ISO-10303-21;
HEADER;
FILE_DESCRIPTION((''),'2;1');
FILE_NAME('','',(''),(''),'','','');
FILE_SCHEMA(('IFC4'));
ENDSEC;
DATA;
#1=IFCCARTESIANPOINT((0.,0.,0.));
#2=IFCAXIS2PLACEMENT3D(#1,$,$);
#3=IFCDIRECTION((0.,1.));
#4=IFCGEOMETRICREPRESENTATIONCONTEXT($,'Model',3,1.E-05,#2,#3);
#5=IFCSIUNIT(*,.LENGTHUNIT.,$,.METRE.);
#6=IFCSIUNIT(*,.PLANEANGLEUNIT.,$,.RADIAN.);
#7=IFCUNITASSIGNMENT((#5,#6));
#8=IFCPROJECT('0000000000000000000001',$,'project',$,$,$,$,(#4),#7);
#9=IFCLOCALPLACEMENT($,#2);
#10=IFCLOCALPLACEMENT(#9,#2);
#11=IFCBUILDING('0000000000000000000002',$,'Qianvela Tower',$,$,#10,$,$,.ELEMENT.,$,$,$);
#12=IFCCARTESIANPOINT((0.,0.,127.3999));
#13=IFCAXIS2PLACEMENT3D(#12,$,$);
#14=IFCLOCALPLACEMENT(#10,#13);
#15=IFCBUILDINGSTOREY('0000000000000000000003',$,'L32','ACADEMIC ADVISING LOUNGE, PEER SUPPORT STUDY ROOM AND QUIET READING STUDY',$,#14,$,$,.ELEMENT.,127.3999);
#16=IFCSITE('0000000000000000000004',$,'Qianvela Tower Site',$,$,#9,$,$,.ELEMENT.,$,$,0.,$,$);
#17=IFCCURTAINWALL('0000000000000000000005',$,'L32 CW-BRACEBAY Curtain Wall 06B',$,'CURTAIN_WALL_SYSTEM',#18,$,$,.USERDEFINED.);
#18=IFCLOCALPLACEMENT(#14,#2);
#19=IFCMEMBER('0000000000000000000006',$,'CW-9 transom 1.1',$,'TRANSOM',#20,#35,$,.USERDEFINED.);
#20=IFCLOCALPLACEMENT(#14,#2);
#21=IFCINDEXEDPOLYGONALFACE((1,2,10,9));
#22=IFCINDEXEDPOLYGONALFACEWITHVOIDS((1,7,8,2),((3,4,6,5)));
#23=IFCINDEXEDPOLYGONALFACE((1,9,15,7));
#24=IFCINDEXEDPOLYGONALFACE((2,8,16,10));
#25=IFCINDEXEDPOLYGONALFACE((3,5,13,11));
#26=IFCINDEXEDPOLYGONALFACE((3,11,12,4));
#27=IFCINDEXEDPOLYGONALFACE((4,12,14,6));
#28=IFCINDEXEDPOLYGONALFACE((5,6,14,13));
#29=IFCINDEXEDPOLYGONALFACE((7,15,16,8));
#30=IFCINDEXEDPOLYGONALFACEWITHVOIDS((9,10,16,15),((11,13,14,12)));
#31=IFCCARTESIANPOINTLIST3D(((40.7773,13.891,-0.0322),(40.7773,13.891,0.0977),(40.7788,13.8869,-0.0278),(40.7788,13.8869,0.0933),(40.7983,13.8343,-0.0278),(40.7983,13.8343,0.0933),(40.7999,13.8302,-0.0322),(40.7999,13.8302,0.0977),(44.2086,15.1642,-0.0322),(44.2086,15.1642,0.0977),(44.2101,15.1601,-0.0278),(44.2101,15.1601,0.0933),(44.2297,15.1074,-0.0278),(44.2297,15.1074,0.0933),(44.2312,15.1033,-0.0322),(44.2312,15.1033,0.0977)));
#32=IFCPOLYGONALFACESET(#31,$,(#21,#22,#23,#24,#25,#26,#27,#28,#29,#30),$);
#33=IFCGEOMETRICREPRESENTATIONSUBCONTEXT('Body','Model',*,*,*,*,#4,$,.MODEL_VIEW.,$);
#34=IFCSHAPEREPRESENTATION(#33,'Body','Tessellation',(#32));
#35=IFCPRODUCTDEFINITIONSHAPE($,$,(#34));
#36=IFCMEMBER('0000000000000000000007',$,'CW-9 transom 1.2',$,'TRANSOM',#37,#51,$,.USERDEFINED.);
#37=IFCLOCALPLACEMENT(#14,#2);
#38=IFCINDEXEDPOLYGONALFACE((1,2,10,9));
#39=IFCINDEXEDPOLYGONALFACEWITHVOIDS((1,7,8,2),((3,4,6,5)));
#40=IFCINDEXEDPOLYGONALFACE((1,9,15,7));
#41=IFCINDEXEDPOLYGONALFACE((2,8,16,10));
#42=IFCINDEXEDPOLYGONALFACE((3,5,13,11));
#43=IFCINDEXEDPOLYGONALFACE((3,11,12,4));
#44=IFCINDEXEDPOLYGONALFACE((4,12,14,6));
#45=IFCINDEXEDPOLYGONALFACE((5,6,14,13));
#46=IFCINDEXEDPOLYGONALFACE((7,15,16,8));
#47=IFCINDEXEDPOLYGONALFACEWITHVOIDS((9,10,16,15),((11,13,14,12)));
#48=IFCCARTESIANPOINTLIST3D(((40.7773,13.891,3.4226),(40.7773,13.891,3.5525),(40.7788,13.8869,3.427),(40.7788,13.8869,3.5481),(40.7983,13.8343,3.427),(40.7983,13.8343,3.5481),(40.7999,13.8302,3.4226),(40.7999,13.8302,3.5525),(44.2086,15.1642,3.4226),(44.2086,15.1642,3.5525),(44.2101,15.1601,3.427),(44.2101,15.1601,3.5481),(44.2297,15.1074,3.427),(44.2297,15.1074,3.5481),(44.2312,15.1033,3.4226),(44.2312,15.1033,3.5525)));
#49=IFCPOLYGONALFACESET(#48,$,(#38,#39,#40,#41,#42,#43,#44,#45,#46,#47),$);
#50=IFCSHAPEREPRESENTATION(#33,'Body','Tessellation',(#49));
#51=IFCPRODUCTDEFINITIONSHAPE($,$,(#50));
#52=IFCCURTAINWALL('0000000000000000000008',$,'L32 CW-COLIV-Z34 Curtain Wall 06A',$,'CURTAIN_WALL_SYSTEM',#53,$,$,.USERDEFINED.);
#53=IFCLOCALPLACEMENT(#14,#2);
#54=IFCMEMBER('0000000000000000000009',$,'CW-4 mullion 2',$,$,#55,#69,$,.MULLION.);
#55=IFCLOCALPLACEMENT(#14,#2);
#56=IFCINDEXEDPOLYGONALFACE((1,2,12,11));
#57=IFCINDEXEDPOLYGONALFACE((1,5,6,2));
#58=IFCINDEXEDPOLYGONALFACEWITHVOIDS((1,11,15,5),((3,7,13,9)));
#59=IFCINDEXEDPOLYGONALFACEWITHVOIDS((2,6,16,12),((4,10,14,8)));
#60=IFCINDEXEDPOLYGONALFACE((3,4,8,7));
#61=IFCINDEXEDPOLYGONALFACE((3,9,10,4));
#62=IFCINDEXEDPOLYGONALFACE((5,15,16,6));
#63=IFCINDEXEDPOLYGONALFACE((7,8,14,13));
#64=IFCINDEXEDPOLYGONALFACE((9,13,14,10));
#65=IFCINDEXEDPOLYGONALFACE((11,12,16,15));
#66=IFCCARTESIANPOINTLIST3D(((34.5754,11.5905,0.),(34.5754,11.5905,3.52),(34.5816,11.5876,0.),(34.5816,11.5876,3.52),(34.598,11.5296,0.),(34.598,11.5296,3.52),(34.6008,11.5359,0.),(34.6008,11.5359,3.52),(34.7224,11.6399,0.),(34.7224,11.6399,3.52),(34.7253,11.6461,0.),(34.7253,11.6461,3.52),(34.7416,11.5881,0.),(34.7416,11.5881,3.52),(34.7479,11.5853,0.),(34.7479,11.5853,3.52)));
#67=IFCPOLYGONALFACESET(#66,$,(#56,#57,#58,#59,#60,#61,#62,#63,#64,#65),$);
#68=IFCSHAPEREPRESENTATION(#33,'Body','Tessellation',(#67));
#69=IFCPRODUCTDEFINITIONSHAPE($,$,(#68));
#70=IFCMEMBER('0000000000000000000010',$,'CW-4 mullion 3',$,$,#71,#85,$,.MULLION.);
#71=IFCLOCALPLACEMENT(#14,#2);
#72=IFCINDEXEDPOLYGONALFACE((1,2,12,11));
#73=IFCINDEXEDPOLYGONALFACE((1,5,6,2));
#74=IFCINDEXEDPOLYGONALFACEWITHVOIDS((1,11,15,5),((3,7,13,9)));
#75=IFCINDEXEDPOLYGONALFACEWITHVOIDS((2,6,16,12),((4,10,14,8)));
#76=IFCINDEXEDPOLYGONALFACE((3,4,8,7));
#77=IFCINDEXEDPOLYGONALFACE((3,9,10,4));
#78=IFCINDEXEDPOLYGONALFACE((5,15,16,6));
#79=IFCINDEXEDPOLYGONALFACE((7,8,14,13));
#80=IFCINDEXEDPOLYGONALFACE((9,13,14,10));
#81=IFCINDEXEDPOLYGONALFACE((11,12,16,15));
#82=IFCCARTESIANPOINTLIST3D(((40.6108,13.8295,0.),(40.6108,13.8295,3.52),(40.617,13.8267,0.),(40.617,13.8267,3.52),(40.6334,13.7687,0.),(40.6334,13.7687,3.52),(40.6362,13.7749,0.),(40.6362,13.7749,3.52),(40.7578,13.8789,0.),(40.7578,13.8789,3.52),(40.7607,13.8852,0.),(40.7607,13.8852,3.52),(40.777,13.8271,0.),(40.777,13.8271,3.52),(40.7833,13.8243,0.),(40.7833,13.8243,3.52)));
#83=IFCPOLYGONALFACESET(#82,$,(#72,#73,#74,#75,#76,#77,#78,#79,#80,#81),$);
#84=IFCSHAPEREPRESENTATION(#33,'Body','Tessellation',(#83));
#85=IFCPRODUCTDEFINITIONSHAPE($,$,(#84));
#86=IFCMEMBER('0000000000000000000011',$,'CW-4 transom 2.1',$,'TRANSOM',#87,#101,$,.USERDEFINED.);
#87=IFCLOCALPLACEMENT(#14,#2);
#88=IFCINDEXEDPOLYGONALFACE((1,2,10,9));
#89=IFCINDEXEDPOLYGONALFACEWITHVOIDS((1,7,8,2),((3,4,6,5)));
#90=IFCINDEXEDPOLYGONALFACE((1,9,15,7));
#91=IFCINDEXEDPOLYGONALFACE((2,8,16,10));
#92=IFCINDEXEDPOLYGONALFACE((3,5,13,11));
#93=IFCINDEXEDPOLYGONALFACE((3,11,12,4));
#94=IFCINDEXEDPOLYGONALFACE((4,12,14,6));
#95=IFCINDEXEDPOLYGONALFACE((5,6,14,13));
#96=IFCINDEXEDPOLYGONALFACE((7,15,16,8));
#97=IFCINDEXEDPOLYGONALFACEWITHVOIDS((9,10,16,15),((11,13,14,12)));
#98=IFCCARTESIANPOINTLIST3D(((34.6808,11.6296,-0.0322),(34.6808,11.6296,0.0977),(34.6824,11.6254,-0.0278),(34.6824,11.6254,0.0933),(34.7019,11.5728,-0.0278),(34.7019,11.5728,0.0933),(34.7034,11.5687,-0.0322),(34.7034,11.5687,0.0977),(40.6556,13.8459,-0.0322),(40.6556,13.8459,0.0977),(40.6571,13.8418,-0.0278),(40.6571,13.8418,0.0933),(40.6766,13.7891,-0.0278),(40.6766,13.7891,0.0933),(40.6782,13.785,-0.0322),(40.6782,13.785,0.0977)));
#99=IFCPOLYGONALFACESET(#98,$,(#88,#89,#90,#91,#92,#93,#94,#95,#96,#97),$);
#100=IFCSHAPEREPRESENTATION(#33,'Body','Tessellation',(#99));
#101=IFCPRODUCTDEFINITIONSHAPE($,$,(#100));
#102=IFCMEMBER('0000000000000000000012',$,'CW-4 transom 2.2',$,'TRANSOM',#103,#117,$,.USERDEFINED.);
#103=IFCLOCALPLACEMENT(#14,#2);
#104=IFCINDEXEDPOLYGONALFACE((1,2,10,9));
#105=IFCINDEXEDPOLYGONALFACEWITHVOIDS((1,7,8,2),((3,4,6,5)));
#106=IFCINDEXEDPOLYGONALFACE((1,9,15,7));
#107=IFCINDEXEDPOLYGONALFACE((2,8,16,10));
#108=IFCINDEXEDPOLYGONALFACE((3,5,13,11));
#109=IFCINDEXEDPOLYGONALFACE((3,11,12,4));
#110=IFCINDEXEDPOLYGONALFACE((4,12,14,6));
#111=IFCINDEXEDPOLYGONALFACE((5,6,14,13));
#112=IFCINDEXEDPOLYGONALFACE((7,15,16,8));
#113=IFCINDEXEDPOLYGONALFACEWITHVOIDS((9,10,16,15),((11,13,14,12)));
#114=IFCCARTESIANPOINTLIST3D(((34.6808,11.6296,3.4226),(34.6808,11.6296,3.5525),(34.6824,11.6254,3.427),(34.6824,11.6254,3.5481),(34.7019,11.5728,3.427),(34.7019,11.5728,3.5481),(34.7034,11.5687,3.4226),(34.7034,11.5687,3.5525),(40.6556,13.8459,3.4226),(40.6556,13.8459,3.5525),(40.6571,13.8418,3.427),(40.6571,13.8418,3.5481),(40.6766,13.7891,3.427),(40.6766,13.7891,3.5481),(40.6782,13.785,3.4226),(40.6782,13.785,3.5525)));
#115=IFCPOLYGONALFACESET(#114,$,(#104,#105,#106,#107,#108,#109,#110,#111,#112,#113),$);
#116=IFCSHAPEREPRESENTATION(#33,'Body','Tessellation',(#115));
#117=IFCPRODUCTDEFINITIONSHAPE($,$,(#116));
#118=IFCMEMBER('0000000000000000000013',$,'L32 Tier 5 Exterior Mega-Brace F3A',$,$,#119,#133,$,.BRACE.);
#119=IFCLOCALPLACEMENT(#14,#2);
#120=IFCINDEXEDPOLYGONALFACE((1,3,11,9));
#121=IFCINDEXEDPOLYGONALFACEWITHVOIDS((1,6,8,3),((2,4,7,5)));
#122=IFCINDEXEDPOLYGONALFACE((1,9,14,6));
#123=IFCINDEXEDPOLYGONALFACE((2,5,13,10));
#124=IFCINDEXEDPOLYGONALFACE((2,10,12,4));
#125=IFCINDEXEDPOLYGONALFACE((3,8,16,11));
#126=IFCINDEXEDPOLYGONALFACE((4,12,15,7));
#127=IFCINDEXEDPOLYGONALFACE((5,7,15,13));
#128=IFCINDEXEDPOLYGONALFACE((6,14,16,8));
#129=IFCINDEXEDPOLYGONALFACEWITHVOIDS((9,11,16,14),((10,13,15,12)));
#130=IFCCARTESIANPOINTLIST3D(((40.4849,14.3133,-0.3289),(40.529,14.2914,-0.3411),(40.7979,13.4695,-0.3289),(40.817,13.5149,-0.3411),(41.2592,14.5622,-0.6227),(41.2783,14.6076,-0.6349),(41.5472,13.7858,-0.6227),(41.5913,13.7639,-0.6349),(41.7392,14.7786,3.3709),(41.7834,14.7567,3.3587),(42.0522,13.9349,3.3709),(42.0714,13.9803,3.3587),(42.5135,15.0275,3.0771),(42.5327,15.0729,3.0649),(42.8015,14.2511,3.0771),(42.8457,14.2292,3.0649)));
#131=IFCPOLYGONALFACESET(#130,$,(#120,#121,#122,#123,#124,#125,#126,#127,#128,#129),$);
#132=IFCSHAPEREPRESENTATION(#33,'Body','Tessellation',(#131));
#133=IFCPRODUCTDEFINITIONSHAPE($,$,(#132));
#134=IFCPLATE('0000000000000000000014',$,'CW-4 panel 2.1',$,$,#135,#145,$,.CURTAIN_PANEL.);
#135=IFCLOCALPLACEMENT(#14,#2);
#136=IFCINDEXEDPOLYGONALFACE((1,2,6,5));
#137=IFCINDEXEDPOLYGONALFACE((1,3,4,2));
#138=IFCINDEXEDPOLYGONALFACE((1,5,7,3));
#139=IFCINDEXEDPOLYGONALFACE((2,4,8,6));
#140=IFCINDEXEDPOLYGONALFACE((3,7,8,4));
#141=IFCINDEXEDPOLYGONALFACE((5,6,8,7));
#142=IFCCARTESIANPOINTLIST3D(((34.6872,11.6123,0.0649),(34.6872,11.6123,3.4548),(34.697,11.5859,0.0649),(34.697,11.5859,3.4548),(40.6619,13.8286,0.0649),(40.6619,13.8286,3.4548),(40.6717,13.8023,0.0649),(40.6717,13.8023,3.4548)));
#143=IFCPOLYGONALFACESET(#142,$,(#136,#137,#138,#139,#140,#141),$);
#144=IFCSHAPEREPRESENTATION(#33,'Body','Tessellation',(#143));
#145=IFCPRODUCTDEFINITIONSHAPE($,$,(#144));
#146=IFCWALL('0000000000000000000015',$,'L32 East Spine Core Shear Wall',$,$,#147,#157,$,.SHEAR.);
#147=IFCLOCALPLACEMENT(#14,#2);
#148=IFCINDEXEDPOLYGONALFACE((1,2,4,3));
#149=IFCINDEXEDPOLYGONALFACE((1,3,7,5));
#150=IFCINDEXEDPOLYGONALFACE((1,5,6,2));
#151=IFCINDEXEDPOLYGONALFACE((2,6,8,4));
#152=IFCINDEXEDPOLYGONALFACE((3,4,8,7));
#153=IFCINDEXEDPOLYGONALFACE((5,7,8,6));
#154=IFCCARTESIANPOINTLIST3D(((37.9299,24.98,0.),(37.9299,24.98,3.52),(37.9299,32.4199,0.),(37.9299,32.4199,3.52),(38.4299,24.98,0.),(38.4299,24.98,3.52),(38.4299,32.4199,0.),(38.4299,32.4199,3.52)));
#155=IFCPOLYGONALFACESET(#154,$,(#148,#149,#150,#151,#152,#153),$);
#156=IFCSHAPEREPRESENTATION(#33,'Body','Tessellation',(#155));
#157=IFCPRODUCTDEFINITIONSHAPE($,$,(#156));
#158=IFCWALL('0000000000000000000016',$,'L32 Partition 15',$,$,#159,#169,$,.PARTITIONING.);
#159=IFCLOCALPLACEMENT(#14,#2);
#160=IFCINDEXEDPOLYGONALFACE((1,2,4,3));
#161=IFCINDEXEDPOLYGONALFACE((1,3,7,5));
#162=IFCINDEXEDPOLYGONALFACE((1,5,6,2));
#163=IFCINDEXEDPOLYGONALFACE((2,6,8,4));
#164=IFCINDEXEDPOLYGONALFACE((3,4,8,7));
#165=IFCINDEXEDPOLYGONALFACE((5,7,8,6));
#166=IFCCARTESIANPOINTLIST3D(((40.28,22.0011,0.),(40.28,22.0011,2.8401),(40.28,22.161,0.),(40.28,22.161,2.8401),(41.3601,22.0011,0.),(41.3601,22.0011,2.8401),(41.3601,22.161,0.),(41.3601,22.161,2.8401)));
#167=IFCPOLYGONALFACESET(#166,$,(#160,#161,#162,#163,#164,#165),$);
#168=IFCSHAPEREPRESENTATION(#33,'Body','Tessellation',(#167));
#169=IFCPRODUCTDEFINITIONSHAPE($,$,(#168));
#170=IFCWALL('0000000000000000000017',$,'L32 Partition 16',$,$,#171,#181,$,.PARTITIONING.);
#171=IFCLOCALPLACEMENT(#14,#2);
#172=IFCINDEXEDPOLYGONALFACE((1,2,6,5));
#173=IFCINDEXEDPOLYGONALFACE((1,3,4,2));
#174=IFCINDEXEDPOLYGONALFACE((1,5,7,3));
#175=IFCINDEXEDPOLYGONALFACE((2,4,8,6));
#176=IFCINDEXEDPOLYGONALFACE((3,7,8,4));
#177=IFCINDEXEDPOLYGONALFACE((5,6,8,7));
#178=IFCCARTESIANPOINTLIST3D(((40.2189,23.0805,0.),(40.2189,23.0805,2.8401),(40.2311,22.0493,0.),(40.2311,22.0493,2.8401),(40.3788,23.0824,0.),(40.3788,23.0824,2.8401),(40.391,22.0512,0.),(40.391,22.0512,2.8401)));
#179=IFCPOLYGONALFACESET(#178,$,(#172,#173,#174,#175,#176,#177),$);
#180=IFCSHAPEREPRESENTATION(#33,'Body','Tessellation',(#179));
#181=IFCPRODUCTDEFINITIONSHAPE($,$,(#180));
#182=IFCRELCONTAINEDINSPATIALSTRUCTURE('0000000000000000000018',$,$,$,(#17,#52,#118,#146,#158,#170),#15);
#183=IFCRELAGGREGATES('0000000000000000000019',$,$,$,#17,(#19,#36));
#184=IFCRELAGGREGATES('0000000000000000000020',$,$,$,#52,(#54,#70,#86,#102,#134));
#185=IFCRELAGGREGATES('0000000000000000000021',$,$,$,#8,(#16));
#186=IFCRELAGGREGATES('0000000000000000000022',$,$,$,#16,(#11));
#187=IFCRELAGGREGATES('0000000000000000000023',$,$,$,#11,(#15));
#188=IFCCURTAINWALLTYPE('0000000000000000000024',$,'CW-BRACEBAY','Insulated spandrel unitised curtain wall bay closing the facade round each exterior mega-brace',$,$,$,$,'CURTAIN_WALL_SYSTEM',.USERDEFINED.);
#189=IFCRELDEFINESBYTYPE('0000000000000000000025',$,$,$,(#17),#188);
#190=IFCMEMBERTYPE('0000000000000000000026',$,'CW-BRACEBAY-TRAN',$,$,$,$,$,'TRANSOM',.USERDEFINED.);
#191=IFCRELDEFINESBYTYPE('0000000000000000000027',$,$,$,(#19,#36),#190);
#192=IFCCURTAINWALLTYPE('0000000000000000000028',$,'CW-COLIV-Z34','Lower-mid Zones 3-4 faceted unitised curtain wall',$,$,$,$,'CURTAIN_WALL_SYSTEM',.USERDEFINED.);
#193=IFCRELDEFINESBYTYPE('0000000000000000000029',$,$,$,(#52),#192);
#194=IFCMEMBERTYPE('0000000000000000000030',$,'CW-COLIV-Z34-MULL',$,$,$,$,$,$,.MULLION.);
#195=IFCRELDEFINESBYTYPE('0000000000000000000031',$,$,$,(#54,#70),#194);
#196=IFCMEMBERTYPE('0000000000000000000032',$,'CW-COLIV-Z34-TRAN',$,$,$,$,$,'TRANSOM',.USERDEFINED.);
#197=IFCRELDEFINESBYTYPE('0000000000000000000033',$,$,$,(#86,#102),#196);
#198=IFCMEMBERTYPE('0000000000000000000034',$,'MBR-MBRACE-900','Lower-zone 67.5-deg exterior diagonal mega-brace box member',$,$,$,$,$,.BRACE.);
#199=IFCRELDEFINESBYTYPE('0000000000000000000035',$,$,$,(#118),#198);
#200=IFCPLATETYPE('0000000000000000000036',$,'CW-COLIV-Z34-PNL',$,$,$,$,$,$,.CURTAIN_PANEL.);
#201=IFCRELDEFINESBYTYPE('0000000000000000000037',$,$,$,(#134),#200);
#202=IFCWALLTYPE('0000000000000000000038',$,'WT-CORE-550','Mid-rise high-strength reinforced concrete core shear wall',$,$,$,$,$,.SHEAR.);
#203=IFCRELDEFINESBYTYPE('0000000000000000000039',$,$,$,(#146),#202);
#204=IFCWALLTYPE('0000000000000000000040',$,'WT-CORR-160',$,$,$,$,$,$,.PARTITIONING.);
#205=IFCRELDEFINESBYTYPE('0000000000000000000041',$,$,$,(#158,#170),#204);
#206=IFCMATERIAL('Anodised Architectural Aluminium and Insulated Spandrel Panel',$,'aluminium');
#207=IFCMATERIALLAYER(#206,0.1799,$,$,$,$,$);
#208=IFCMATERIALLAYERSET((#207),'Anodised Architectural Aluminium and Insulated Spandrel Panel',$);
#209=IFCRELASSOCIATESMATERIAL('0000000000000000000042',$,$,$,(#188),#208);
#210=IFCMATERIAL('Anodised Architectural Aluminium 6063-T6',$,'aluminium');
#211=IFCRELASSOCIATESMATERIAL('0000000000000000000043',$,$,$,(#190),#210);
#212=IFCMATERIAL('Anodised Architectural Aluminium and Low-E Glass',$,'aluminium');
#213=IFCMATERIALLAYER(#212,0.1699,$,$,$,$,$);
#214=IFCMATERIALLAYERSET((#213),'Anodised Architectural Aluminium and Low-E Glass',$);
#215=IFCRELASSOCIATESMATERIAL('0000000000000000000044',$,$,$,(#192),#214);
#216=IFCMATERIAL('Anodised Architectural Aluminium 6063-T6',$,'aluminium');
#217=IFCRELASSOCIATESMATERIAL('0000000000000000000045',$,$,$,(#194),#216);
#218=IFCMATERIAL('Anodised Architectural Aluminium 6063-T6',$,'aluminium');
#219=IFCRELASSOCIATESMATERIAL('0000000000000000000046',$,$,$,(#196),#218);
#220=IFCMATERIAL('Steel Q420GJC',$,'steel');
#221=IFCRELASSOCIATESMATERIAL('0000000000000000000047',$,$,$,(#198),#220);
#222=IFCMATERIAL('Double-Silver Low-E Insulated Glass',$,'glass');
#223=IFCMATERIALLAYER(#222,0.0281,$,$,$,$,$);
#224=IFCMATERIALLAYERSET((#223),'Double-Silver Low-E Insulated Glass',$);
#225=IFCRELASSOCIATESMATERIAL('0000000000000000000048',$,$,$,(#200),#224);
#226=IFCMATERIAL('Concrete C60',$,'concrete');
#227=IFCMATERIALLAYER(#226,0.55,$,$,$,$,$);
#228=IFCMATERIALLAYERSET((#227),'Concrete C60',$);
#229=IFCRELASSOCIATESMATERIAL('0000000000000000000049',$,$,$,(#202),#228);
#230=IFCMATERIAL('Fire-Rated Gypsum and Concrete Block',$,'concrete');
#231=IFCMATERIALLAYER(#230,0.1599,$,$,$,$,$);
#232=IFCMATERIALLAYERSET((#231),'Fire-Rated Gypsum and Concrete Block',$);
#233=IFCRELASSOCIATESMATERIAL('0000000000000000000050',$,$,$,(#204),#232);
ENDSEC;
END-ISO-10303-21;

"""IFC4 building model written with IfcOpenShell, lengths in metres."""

from ifc_helpers import new_model, si_unit, direction, frame, frame_2d, origin, origin_2d, place, context, subcontext, project, spatial, rectangle, hollow_rectangle, extrude, material, layer, layer_set, material_profile, profile_set, type_object, element, aggregate, save


model = new_model("IFC4")

# Units and contexts
model_context = context("Model", 3, precision=1e-05, world=origin(), true_north=direction((0.0, 1.0)))
body_context = subcontext(model_context, "Body", "Model", "MODEL_VIEW")
ifc_project = project(units=[si_unit("LENGTHUNIT", "METRE"), si_unit("PLANEANGLEUNIT", "RADIAN")], contexts=[model_context])

# Site, building, storey
site_placement = place(None, origin())
site = spatial("IfcSite", under=ifc_project, at=site_placement, Name="Qianvela Tower Site", CompositionType="ELEMENT", RefElevation=0.0)
building_placement = place(site_placement, origin())
building = spatial("IfcBuilding", under=site, at=building_placement, Name="Qianvela Tower", CompositionType="ELEMENT")
storey_placement = place(building_placement, frame((0.0, 0.0, 127.3999)))
storey = spatial("IfcBuildingStorey", under=building, at=storey_placement, Name="L32", Description="ACADEMIC ADVISING LOUNGE, PEER SUPPORT STUDY ROOM AND QUIET READING STUDY", CompositionType="ELEMENT", Elevation=127.3999)

# Curtain walls, members
ifc_material_1 = material(Name="Anodised Architectural Aluminium and Insulated Spandrel Panel", Category="aluminium")
ifc_layer_1 = layer(ifc_material_1, 0.1799)
ifc_layer_set_1 = layer_set([ifc_layer_1], Name="Anodised Architectural Aluminium and Insulated Spandrel Panel")
curtain_wall_type_1 = type_object("IfcCurtainWallType", Name="CW-BRACEBAY", Description="Insulated spandrel unitised curtain wall bay closing the facade round each exterior mega-brace", ElementType="CURTAIN_WALL_SYSTEM", PredefinedType="USERDEFINED", material=ifc_layer_set_1)
curtain_wall_1_placement = place(storey_placement, origin())
curtain_wall_1 = element("IfcCurtainWall", 1, at=curtain_wall_1_placement, inside=storey, type_object=curtain_wall_type_1, Name="L32 CW-BRACEBAY Curtain Wall 06B", ObjectType="CURTAIN_WALL_SYSTEM", PredefinedType="USERDEFINED")
ifc_material_2 = material(Name="Anodised Architectural Aluminium 6063-T6", Category="aluminium")
ifc_material_profile_1 = material_profile(ifc_material_2, hollow_rectangle(XDim=0.0649, YDim=0.1299, WallThickness=0.0044, at=origin_2d()), Name="ALU-TRAN-65x130")
ifc_profile_set_1 = profile_set([ifc_material_profile_1], Name="Anodised Architectural Aluminium 6063-T6")
member_type_1 = type_object("IfcMemberType", Name="CW-BRACEBAY-TRAN", ElementType="TRANSOM", PredefinedType="USERDEFINED", material=ifc_profile_set_1)
member_1_placement = place(storey_placement, frame((40.7886, 13.8606, 0.0327), z_axis=(0.937543, 0.347868, 0.0), x_axis=(-0.347868, 0.937543, 0.0)))
member_1 = element("IfcMember", 2, at=member_1_placement, type_object=member_type_1, Name="CW-9 transom 1.1", ObjectType="TRANSOM", PredefinedType="USERDEFINED", context=body_context, shape_type="SweptSolid", body=[
    extrude(hollow_rectangle(XDim=0.0649, YDim=0.1299, WallThickness=0.0044, at=origin_2d()), origin(), (0.0, 0.0, 1.0), 3.6599),
])
member_2_placement = place(storey_placement, frame((40.7886, 13.8606, 3.4875), z_axis=(0.937543, 0.347868, 0.0), x_axis=(-0.347868, 0.937543, 0.0)))
member_2 = element("IfcMember", 3, at=member_2_placement, type_object=member_type_1, Name="CW-9 transom 1.2", ObjectType="TRANSOM", PredefinedType="USERDEFINED", context=body_context, shape_type="SweptSolid", body=[
    extrude(hollow_rectangle(XDim=0.0649, YDim=0.1299, WallThickness=0.0044, at=origin_2d()), origin(), (0.0, 0.0, 1.0), 3.6599),
])
aggregate(curtain_wall_1, [member_1, member_2])
ifc_material_3 = material(Name="Anodised Architectural Aluminium and Low-E Glass", Category="aluminium")
ifc_layer_2 = layer(ifc_material_3, 0.1699)
ifc_layer_set_2 = layer_set([ifc_layer_2], Name="Anodised Architectural Aluminium and Low-E Glass")
curtain_wall_type_2 = type_object("IfcCurtainWallType", Name="CW-COLIV-Z34", Description="Lower-mid Zones 3-4 faceted unitised curtain wall", ElementType="CURTAIN_WALL_SYSTEM", PredefinedType="USERDEFINED", material=ifc_layer_set_2)
curtain_wall_2_placement = place(storey_placement, origin())
curtain_wall_2 = element("IfcCurtainWall", 4, at=curtain_wall_2_placement, inside=storey, type_object=curtain_wall_type_2, Name="L32 CW-COLIV-Z34 Curtain Wall 06A", ObjectType="CURTAIN_WALL_SYSTEM", PredefinedType="USERDEFINED")
ifc_material_4 = material(Name="Anodised Architectural Aluminium 6063-T6", Category="aluminium")
ifc_material_profile_2 = material_profile(ifc_material_4, hollow_rectangle(XDim=0.0649, YDim=0.1599, WallThickness=0.0049, at=origin_2d()), Name="ALU-MULL-65x160")
ifc_profile_set_2 = profile_set([ifc_material_profile_2], Name="Anodised Architectural Aluminium 6063-T6")
member_type_2 = type_object("IfcMemberType", Name="CW-COLIV-Z34-MULL", PredefinedType="MULLION", material=ifc_profile_set_2)
member_3_placement = place(storey_placement, frame((34.6616, 11.5879, 0.0), z_axis=(0.0, 0.0, 1.0), x_axis=(-0.347799, 0.937569, 0.0)))
member_3 = element("IfcMember", 5, at=member_3_placement, type_object=member_type_2, Name="CW-4 mullion 2", PredefinedType="MULLION", context=body_context, shape_type="SweptSolid", body=[
    extrude(hollow_rectangle(XDim=0.0649, YDim=0.1599, WallThickness=0.0049, at=origin_2d()), origin(), (0.0, 0.0, 1.0), 3.52),
])
member_4_placement = place(storey_placement, frame((40.697, 13.8269, 0.0), z_axis=(0.0, 0.0, 1.0), x_axis=(-0.347799, 0.937569, 0.0)))
member_4 = element("IfcMember", 6, at=member_4_placement, type_object=member_type_2, Name="CW-4 mullion 3", PredefinedType="MULLION", context=body_context, shape_type="SweptSolid", body=[
    extrude(hollow_rectangle(XDim=0.0649, YDim=0.1599, WallThickness=0.0049, at=origin_2d()), origin(), (0.0, 0.0, 1.0), 3.52),
])
ifc_material_5 = material(Name="Anodised Architectural Aluminium 6063-T6", Category="aluminium")
ifc_material_profile_3 = material_profile(ifc_material_5, hollow_rectangle(XDim=0.0649, YDim=0.1299, WallThickness=0.0044, at=origin_2d()), Name="ALU-TRAN-65x130")
ifc_profile_set_3 = profile_set([ifc_material_profile_3], Name="Anodised Architectural Aluminium 6063-T6")
member_type_3 = type_object("IfcMemberType", Name="CW-COLIV-Z34-TRAN", ElementType="TRANSOM", PredefinedType="USERDEFINED", material=ifc_profile_set_3)
member_5_placement = place(storey_placement, frame((34.6921, 11.5991, 0.0327), z_axis=(0.93757, 0.347796, 0.0), x_axis=(-0.347796, 0.93757, 0.0)))
member_5 = element("IfcMember", 7, at=member_5_placement, type_object=member_type_3, Name="CW-4 transom 2.1", ObjectType="TRANSOM", PredefinedType="USERDEFINED", context=body_context, shape_type="SweptSolid", body=[
    extrude(hollow_rectangle(XDim=0.0649, YDim=0.1299, WallThickness=0.0044, at=origin_2d()), origin(), (0.0, 0.0, 1.0), 6.3726),
])
member_6_placement = place(storey_placement, frame((34.6921, 11.5991, 3.4875), z_axis=(0.93757, 0.347796, 0.0), x_axis=(-0.347796, 0.93757, 0.0)))
member_6 = element("IfcMember", 8, at=member_6_placement, type_object=member_type_3, Name="CW-4 transom 2.2", ObjectType="TRANSOM", PredefinedType="USERDEFINED", context=body_context, shape_type="SweptSolid", body=[
    extrude(hollow_rectangle(XDim=0.0649, YDim=0.1299, WallThickness=0.0044, at=origin_2d()), origin(), (0.0, 0.0, 1.0), 6.3726),
])

# Member
ifc_material_6 = material(Name="Steel Q420GJC", Category="steel")
ifc_material_profile_4 = material_profile(ifc_material_6, hollow_rectangle(XDim=0.8999, YDim=0.8999, WallThickness=0.0359, at=origin_2d()), Name="MBOX-900x900x36")
ifc_profile_set_4 = profile_set([ifc_material_profile_4], Name="Steel Q420GJC")
member_type_4 = type_object("IfcMemberType", Name="MBR-MBRACE-900", Description="Lower-zone 67.5-deg exterior diagonal mega-brace box member", PredefinedType="BRACE", material=ifc_profile_set_4)
member_7_placement = place(storey_placement, frame((41.0381, 14.0386, -0.4819), z_axis=(0.318826, 0.118272, 0.940405), x_axis=(-0.347802, 0.937568, 0.0)))
element("IfcMember", 9, at=member_7_placement, inside=storey, type_object=member_type_4, Name="L32 Tier 5 Exterior Mega-Brace F3A", PredefinedType="BRACE", context=body_context, shape_type="SweptSolid", body=[
    extrude(hollow_rectangle(XDim=0.8999, YDim=0.8999, WallThickness=0.0359, at=origin_2d()), origin(), (0.0, 0.0, 1.0), 3.9343),
])

# Plate
ifc_material_7 = material(Name="Double-Silver Low-E Insulated Glass", Category="glass")
ifc_layer_3 = layer(ifc_material_7, 0.0281)
ifc_layer_set_3 = layer_set([ifc_layer_3], Name="Double-Silver Low-E Insulated Glass")
plate_type = type_object("IfcPlateType", Name="CW-COLIV-Z34-PNL", PredefinedType="CURTAIN_PANEL", material=ifc_layer_set_3)
plate_placement = place(storey_placement, frame((37.6794, 12.7073, 0.0649), z_axis=(0.0, 0.0, 1.0), x_axis=(0.937569, 0.347799, 0.0)))
plate = element("IfcPlate", 10, at=plate_placement, type_object=plate_type, Name="CW-4 panel 2.1", PredefinedType="CURTAIN_PANEL", context=body_context, shape_type="SweptSolid", body=[
    extrude(rectangle(XDim=6.3726, YDim=0.0281, at=origin_2d()), origin(), (0.0, 0.0, 1.0), 3.3899),
])
aggregate(curtain_wall_2, [member_3, member_4, member_5, member_6, plate])

# Walls
ifc_material_8 = material(Name="Concrete C60", Category="concrete")
ifc_layer_4 = layer(ifc_material_8, 0.55)
ifc_layer_set_4 = layer_set([ifc_layer_4], Name="Concrete C60")
wall_type_1 = type_object("IfcWallType", Name="WT-CORE-550", Description="Mid-rise high-strength reinforced concrete core shear wall", PredefinedType="SHEAR", material=ifc_layer_set_4)
wall_1_placement = place(storey_placement, frame((38.1799, 24.98, 0.0), z_axis=(0.0, 0.0, 1.0), x_axis=(0.0, 1.0, 0.0)))
element("IfcWall", 11, at=wall_1_placement, inside=storey, type_object=wall_type_1, Name="L32 East Spine Core Shear Wall", PredefinedType="SHEAR", context=body_context, shape_type="SweptSolid", body=[
    extrude(rectangle(XDim=7.4399, YDim=0.5, at=frame_2d((3.72, 0.0))), origin(), (0.0, 0.0, 1.0), 3.52),
])
ifc_material_9 = material(Name="Fire-Rated Gypsum and Concrete Block", Category="concrete")
ifc_layer_5 = layer(ifc_material_9, 0.1599)
ifc_layer_set_5 = layer_set([ifc_layer_5], Name="Fire-Rated Gypsum and Concrete Block")
wall_type_2 = type_object("IfcWallType", Name="WT-CORR-160", PredefinedType="PARTITIONING", material=ifc_layer_set_5)
wall_2_placement = place(storey_placement, frame((41.3601, 22.0811, 0.0), z_axis=(0.0, 0.0, 1.0), x_axis=(-1.0, 0.0, 0.0)))
element("IfcWall", 12, at=wall_2_placement, inside=storey, type_object=wall_type_2, Name="L32 Partition 15", PredefinedType="PARTITIONING", context=body_context, shape_type="SweptSolid", body=[
    extrude(rectangle(XDim=1.0801, YDim=0.1599, at=frame_2d((0.54, 0.0))), origin(), (0.0, 0.0, 1.0), 2.8401),
])
wall_3_placement = place(storey_placement, frame((40.311, 22.0503, 0.0), z_axis=(0.0, 0.0, 1.0), x_axis=(-0.011836, 0.99993, 0.0)))
element("IfcWall", 13, at=wall_3_placement, inside=storey, type_object=wall_type_2, Name="L32 Partition 16", PredefinedType="PARTITIONING", context=body_context, shape_type="SweptSolid", body=[
    extrude(rectangle(XDim=1.0312, YDim=0.1599, at=frame_2d((0.5156, 0.0))), origin(), (0.0, 0.0, 1.0), 2.8401),
])

save(model, "model.ifc")
